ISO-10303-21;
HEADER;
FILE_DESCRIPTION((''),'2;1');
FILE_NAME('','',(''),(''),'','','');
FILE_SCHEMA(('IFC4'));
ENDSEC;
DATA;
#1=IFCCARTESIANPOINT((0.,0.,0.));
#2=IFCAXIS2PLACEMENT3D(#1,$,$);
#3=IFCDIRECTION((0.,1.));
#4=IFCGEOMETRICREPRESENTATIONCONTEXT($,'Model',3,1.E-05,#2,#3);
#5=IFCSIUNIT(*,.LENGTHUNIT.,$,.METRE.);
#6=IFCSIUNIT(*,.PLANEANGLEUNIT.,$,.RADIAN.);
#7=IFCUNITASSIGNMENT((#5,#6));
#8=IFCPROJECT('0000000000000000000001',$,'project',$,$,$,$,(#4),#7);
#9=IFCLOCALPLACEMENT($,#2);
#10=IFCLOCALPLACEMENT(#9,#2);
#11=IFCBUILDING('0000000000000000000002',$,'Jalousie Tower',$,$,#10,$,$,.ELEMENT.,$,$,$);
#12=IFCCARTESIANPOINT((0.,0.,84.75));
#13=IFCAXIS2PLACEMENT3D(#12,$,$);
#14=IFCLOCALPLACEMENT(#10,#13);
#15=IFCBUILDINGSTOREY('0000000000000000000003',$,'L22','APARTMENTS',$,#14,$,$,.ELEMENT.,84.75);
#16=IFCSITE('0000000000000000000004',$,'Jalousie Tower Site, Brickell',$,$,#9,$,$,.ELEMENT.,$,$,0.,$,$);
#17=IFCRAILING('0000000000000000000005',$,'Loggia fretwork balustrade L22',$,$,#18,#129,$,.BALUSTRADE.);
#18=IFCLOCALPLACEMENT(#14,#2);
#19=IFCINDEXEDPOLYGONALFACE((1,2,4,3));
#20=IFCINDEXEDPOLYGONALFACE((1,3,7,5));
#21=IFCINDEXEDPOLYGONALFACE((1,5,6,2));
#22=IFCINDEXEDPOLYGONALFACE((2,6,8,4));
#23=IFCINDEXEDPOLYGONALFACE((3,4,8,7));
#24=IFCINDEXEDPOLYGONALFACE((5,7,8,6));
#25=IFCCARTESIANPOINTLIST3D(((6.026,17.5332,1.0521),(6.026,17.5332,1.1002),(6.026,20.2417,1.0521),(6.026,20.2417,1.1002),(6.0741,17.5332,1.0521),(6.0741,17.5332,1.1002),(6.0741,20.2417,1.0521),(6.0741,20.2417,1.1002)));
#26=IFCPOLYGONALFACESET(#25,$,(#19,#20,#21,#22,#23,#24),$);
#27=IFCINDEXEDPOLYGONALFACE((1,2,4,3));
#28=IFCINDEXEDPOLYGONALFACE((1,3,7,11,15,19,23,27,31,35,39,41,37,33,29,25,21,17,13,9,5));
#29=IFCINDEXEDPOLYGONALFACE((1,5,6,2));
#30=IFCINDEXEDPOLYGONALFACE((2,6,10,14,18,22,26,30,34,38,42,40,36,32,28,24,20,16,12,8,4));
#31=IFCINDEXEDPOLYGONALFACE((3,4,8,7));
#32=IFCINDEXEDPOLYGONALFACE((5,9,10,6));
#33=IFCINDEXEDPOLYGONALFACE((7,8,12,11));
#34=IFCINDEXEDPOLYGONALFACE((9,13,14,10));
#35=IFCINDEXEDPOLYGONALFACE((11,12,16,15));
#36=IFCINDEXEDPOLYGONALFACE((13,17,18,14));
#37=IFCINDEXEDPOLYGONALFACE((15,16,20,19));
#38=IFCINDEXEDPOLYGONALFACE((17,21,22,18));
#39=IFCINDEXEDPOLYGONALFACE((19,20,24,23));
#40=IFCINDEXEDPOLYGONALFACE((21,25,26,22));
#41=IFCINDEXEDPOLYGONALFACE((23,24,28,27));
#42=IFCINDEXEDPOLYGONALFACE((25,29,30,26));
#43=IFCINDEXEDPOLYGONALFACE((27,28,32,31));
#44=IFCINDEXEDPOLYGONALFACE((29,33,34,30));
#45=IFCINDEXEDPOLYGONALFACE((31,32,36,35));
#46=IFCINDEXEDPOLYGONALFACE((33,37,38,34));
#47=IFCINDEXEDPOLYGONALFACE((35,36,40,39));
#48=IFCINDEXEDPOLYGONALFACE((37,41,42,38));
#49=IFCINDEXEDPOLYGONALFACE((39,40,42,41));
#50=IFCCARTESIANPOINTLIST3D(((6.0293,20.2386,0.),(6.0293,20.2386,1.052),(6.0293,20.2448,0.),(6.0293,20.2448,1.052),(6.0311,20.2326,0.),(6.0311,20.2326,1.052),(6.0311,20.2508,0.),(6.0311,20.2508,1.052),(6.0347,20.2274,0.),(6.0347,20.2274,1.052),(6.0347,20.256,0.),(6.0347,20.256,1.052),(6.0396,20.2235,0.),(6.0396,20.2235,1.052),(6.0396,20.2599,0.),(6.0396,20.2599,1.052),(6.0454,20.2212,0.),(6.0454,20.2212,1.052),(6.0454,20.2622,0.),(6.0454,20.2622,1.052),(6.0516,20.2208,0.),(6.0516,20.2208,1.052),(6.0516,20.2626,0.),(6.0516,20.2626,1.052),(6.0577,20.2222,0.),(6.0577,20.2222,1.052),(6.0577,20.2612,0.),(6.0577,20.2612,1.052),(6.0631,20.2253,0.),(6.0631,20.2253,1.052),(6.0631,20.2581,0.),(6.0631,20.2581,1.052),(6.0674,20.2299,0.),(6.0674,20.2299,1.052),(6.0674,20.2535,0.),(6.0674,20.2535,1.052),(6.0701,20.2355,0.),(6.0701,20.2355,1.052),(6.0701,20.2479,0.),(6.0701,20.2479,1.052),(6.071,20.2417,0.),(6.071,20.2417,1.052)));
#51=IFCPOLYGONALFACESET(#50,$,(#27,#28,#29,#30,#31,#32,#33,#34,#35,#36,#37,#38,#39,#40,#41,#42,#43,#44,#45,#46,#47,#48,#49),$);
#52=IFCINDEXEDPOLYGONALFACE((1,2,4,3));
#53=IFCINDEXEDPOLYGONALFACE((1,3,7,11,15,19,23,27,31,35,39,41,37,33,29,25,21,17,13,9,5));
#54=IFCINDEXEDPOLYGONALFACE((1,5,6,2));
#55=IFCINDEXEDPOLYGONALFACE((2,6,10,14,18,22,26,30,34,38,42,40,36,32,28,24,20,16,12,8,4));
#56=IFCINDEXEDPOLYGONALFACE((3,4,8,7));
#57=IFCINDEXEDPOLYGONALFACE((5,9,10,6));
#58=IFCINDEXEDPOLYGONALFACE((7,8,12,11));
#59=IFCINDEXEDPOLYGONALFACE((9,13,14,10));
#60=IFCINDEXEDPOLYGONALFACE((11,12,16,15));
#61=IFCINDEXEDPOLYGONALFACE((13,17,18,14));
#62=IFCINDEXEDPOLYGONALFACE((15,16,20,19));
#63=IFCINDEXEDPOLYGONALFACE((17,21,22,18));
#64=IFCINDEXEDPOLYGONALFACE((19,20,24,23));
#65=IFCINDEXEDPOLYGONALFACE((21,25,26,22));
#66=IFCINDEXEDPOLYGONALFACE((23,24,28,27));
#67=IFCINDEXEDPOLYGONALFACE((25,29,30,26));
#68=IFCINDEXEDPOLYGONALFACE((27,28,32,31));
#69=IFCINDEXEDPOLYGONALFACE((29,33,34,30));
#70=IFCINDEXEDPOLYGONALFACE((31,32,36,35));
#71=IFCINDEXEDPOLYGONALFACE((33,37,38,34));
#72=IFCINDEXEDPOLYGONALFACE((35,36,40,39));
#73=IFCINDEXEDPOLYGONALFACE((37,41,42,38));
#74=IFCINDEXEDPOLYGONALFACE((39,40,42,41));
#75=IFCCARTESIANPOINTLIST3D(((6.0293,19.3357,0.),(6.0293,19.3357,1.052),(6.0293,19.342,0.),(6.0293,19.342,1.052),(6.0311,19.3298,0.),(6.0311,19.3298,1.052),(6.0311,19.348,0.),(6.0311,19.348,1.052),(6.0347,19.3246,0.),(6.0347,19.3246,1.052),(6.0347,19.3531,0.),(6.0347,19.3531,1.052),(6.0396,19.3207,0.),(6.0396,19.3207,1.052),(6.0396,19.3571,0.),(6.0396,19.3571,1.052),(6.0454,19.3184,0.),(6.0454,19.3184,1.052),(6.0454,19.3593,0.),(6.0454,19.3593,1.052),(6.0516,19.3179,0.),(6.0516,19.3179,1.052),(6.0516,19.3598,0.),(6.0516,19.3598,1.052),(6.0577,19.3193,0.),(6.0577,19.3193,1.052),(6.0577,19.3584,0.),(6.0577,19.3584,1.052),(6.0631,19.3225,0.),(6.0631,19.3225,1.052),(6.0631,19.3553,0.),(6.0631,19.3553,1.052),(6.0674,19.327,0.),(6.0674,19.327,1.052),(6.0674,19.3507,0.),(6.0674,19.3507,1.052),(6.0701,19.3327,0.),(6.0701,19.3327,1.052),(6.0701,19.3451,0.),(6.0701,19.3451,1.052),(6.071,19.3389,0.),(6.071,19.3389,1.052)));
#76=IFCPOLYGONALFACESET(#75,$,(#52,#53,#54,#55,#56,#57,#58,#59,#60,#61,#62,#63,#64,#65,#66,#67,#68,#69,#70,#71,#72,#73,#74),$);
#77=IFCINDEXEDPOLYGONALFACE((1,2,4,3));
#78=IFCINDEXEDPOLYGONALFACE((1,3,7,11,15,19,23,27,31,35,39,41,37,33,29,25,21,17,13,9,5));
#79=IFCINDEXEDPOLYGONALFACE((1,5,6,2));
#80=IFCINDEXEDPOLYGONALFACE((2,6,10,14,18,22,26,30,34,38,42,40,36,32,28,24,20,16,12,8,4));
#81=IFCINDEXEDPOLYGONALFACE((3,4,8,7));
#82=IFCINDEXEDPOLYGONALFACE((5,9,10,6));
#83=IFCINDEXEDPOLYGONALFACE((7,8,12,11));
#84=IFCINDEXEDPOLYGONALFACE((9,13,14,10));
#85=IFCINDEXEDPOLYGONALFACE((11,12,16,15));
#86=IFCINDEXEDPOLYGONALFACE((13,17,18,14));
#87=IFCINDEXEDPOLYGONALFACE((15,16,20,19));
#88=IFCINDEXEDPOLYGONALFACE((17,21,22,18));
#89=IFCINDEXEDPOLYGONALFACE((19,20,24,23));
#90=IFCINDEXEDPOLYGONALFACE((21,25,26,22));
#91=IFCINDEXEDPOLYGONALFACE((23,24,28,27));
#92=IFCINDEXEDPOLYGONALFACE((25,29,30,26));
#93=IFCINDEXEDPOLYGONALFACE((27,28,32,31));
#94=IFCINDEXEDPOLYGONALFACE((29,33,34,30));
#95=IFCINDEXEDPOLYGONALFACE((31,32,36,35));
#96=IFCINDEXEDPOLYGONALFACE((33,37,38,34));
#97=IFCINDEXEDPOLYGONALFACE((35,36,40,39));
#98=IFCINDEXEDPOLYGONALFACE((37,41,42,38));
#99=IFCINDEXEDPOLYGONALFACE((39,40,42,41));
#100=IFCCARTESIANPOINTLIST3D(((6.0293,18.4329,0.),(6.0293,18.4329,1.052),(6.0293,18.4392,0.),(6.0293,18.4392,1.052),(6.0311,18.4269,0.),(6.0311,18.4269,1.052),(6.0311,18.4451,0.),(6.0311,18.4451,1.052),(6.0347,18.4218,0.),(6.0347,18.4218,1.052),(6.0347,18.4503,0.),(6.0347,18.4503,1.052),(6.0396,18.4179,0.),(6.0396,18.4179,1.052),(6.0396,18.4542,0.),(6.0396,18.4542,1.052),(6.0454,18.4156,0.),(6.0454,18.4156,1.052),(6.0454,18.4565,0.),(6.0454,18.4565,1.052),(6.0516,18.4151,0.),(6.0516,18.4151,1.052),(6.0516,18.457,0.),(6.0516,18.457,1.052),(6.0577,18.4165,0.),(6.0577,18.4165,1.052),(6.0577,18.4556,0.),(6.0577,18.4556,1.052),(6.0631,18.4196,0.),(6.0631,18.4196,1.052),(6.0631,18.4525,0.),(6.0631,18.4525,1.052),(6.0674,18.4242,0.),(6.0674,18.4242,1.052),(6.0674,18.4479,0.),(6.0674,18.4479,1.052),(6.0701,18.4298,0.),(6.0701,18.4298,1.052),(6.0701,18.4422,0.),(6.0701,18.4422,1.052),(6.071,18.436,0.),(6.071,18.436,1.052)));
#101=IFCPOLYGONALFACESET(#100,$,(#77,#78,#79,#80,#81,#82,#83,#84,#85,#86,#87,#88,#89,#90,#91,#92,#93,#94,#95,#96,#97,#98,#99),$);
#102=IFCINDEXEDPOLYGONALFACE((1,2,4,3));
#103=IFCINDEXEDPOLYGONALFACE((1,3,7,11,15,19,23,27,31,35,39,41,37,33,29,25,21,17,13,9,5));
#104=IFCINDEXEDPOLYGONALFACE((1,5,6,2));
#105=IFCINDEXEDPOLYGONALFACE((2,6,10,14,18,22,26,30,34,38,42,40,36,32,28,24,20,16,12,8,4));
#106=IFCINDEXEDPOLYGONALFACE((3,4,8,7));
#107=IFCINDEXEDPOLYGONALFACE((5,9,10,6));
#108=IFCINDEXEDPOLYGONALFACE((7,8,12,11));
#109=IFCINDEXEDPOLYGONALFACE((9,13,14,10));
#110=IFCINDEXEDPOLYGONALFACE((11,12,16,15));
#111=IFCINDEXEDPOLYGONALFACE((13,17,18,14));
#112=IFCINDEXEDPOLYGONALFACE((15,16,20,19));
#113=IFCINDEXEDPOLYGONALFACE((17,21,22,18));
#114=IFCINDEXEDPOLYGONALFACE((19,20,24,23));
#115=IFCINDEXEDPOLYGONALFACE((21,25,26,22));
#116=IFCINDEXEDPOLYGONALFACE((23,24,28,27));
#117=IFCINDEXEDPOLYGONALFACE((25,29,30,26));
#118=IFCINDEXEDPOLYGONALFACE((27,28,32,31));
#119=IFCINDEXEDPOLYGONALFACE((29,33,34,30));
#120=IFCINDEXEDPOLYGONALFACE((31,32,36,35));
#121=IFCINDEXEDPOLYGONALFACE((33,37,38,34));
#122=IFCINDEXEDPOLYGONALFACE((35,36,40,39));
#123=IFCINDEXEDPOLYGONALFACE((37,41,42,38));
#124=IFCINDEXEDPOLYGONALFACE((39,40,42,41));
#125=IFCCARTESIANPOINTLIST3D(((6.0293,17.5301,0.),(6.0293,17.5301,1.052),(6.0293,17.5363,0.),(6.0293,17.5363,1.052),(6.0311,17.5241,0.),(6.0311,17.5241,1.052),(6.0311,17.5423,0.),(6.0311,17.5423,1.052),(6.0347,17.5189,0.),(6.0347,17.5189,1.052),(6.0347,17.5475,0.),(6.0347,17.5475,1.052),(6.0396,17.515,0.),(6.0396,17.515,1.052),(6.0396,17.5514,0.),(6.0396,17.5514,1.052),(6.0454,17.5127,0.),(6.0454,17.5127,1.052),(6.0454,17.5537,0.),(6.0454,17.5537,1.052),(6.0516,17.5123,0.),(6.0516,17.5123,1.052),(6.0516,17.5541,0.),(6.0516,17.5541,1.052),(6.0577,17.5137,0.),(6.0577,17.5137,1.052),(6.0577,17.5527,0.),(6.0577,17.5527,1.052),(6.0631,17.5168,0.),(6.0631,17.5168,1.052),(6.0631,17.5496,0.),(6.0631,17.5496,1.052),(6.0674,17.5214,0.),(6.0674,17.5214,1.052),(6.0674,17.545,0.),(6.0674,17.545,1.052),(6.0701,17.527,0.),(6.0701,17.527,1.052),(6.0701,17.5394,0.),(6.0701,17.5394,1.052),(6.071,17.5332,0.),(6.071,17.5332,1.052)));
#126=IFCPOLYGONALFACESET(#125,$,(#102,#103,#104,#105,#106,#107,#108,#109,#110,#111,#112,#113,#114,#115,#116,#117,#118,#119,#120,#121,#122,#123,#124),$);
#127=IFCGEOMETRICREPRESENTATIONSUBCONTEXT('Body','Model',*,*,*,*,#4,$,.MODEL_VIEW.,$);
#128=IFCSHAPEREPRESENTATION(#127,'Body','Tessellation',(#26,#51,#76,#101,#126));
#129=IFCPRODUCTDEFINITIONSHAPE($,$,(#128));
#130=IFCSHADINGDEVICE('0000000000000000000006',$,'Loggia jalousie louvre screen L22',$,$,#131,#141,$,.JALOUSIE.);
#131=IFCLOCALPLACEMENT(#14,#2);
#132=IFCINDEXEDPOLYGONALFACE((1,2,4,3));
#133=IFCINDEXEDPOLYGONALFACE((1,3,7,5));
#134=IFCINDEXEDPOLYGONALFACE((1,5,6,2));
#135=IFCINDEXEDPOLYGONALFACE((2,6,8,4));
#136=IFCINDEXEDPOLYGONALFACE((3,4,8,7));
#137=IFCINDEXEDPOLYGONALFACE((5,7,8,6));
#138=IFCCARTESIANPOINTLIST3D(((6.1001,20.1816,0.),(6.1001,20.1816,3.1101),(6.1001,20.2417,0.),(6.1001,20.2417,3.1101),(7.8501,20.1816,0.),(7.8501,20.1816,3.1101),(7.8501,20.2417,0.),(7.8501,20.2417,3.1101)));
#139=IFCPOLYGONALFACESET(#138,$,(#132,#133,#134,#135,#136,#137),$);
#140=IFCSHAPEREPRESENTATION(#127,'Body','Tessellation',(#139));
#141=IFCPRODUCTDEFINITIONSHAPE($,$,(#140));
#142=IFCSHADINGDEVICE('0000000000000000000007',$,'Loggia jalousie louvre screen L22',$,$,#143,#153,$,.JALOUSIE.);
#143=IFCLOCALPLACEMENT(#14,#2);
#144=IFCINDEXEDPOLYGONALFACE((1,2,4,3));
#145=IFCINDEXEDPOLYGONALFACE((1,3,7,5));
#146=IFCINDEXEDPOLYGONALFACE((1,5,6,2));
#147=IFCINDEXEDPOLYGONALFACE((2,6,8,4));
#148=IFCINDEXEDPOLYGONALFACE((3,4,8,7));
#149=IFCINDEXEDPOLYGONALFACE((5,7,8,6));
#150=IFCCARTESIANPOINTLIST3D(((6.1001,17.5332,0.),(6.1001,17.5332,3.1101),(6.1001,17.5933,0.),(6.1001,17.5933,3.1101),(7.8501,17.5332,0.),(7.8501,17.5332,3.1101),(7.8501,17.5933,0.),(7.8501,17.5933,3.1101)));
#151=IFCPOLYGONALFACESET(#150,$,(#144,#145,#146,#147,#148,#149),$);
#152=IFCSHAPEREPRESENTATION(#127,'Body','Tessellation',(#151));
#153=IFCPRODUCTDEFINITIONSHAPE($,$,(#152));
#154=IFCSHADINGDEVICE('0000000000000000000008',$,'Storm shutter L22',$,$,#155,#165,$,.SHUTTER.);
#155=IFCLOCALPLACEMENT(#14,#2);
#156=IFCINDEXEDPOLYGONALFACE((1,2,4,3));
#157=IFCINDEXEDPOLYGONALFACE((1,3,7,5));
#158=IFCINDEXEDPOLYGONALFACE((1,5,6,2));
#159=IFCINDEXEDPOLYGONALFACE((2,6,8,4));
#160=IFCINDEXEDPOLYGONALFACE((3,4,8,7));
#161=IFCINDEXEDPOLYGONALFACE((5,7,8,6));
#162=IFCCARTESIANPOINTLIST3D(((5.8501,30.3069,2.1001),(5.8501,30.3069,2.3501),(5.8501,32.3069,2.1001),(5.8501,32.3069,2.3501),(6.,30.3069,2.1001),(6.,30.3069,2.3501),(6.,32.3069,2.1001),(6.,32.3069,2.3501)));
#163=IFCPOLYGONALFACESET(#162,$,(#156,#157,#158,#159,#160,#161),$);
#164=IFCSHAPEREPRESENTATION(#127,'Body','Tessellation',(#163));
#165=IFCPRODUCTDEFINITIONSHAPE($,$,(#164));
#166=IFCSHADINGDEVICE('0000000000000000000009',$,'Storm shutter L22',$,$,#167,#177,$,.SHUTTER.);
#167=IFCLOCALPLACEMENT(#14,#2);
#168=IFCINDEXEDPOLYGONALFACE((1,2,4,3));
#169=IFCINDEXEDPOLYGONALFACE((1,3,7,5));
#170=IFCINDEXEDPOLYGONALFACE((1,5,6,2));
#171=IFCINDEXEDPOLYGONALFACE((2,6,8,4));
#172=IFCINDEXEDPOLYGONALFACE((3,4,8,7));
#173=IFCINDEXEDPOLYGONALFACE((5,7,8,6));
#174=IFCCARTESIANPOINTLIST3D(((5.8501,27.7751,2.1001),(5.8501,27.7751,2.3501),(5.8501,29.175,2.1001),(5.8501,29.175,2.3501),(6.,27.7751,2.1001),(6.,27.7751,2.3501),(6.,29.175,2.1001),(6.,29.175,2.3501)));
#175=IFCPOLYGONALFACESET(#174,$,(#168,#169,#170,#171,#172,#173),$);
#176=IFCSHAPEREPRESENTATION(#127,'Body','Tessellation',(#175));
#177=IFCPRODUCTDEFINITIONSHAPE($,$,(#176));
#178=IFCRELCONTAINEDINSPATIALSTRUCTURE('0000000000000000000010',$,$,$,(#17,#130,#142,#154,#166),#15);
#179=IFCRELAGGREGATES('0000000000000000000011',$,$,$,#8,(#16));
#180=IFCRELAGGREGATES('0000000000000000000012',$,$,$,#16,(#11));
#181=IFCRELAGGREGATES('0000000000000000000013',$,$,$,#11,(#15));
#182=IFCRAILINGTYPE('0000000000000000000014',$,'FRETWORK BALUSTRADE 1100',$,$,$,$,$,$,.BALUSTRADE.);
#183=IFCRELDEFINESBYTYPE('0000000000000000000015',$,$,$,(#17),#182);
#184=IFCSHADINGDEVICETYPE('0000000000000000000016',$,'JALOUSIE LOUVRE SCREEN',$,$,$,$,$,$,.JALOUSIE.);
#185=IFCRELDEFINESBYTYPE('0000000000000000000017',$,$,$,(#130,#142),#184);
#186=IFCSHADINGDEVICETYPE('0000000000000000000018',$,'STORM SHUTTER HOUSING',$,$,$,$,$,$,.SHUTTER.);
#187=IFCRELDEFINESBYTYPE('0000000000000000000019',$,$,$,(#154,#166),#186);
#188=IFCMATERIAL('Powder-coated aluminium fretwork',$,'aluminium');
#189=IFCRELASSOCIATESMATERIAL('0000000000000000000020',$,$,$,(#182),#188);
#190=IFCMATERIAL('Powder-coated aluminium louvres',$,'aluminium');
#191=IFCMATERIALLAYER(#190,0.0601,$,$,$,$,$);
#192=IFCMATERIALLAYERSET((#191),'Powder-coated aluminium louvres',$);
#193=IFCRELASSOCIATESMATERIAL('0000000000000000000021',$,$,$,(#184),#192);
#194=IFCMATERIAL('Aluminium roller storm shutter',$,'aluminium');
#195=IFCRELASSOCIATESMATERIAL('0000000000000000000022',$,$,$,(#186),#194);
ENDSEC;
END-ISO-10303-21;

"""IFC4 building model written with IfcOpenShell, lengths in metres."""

from ifc_helpers import new_model, si_unit, direction, frame, origin, origin_2d, place, context, subcontext, project, spatial, rectangle, circle, extrude, material, layer, layer_set, type_object, element, save


model = new_model("IFC4")

# Units and contexts
model_context = context("Model", 3, precision=1e-05, world=origin(), true_north=direction((0.0, 1.0)))
body_context = subcontext(model_context, "Body", "Model", "MODEL_VIEW")
ifc_project = project(units=[si_unit("LENGTHUNIT", "METRE"), si_unit("PLANEANGLEUNIT", "RADIAN")], contexts=[model_context])

# Site, building, storey
site_placement = place(None, origin())
site = spatial("IfcSite", under=ifc_project, at=site_placement, Name="Jalousie Tower Site, Brickell", CompositionType="ELEMENT", RefElevation=0.0)
building_placement = place(site_placement, origin())
building = spatial("IfcBuilding", under=site, at=building_placement, Name="Jalousie Tower", CompositionType="ELEMENT")
storey_placement = place(building_placement, frame((0.0, 0.0, 84.75)))
storey = spatial("IfcBuildingStorey", under=building, at=storey_placement, Name="L22", Description="APARTMENTS", CompositionType="ELEMENT", Elevation=84.75)

# Railing
ifc_material_1 = material(Name="Powder-coated aluminium fretwork", Category="aluminium")
railing_type = type_object("IfcRailingType", Name="FRETWORK BALUSTRADE 1100", PredefinedType="BALUSTRADE", material=ifc_material_1)
railing_placement = place(storey_placement, frame((6.05, 20.2417, 0.0)))
element("IfcRailing", 1, at=railing_placement, inside=storey, type_object=railing_type, Name="Loggia fretwork balustrade L22", PredefinedType="BALUSTRADE", context=body_context, shape_type="SweptSolid", body=[
    extrude(rectangle(XDim=0.0481, YDim=0.0481, at=origin_2d()), frame((0.0, 0.0, 1.0762), z_axis=(0.0, -1.0, 0.0), x_axis=(1.0, 0.0, 0.0)), (0.0, 0.0, 1.0), 2.7085),
    extrude(circle(Radius=0.021, at=origin_2d()), origin(), (0.0, 0.0, 1.0), 1.052),
    extrude(circle(Radius=0.021, at=origin_2d()), frame((0.0, -0.9028, 0.0)), (0.0, 0.0, 1.0), 1.052),
    extrude(circle(Radius=0.021, at=origin_2d()), frame((0.0, -1.8057, 0.0)), (0.0, 0.0, 1.0), 1.052),
    extrude(circle(Radius=0.021, at=origin_2d()), frame((0.0, -2.7085, 0.0)), (0.0, 0.0, 1.0), 1.052),
])

# Shading devices
ifc_material_2 = material(Name="Powder-coated aluminium louvres", Category="aluminium")
ifc_layer_1 = layer(ifc_material_2, 0.0601)
ifc_layer_set_1 = layer_set([ifc_layer_1], Name="Powder-coated aluminium louvres")
shading_device_type_1 = type_object("IfcShadingDeviceType", Name="JALOUSIE LOUVRE SCREEN", PredefinedType="JALOUSIE", material=ifc_layer_set_1)
for number, where, z_axis, x_axis, name in (
    (2, (6.9751, 20.2117, 0.0), (0.0, 0.0, 1.0), (0.0, -1.0, 0.0), "Loggia jalousie louvre screen L22"),
    (3, (6.9751, 17.5632, 0.0), (0.0, 0.0, 1.0), (0.0, -1.0, 0.0), "Loggia jalousie louvre screen L22"),
):
    element("IfcShadingDevice", number, at=place(storey_placement, frame(where, z_axis=z_axis, x_axis=x_axis)), inside=storey, type_object=shading_device_type_1, Name=name, PredefinedType="JALOUSIE", context=body_context, shape_type="SweptSolid", body=[
        extrude(rectangle(XDim=0.0601, YDim=1.75, at=origin_2d()), origin(), (0.0, 0.0, 1.0), 3.1101),
    ])
ifc_material_3 = material(Name="Aluminium roller storm shutter", Category="aluminium")
shading_device_type_2 = type_object("IfcShadingDeviceType", Name="STORM SHUTTER HOUSING", PredefinedType="SHUTTER", material=ifc_material_3)
shading_device_1_placement = place(storey_placement, frame((5.925, 31.3069, 2.1001), z_axis=(0.0, 0.0, 1.0), x_axis=(0.0, -1.0, 0.0)))
element("IfcShadingDevice", 4, at=shading_device_1_placement, inside=storey, type_object=shading_device_type_2, Name="Storm shutter L22", PredefinedType="SHUTTER", context=body_context, shape_type="SweptSolid", body=[
    extrude(rectangle(XDim=2.0, YDim=0.1499, at=origin_2d()), origin(), (0.0, 0.0, 1.0), 0.25),
])
shading_device_2_placement = place(storey_placement, frame((5.925, 28.4751, 2.1001), z_axis=(0.0, 0.0, 1.0), x_axis=(0.0, -1.0, 0.0)))
element("IfcShadingDevice", 5, at=shading_device_2_placement, inside=storey, type_object=shading_device_type_2, Name="Storm shutter L22", PredefinedType="SHUTTER", context=body_context, shape_type="SweptSolid", body=[
    extrude(rectangle(XDim=1.3999, YDim=0.1499, at=origin_2d()), origin(), (0.0, 0.0, 1.0), 0.25),
])

save(model, "model.ifc")
